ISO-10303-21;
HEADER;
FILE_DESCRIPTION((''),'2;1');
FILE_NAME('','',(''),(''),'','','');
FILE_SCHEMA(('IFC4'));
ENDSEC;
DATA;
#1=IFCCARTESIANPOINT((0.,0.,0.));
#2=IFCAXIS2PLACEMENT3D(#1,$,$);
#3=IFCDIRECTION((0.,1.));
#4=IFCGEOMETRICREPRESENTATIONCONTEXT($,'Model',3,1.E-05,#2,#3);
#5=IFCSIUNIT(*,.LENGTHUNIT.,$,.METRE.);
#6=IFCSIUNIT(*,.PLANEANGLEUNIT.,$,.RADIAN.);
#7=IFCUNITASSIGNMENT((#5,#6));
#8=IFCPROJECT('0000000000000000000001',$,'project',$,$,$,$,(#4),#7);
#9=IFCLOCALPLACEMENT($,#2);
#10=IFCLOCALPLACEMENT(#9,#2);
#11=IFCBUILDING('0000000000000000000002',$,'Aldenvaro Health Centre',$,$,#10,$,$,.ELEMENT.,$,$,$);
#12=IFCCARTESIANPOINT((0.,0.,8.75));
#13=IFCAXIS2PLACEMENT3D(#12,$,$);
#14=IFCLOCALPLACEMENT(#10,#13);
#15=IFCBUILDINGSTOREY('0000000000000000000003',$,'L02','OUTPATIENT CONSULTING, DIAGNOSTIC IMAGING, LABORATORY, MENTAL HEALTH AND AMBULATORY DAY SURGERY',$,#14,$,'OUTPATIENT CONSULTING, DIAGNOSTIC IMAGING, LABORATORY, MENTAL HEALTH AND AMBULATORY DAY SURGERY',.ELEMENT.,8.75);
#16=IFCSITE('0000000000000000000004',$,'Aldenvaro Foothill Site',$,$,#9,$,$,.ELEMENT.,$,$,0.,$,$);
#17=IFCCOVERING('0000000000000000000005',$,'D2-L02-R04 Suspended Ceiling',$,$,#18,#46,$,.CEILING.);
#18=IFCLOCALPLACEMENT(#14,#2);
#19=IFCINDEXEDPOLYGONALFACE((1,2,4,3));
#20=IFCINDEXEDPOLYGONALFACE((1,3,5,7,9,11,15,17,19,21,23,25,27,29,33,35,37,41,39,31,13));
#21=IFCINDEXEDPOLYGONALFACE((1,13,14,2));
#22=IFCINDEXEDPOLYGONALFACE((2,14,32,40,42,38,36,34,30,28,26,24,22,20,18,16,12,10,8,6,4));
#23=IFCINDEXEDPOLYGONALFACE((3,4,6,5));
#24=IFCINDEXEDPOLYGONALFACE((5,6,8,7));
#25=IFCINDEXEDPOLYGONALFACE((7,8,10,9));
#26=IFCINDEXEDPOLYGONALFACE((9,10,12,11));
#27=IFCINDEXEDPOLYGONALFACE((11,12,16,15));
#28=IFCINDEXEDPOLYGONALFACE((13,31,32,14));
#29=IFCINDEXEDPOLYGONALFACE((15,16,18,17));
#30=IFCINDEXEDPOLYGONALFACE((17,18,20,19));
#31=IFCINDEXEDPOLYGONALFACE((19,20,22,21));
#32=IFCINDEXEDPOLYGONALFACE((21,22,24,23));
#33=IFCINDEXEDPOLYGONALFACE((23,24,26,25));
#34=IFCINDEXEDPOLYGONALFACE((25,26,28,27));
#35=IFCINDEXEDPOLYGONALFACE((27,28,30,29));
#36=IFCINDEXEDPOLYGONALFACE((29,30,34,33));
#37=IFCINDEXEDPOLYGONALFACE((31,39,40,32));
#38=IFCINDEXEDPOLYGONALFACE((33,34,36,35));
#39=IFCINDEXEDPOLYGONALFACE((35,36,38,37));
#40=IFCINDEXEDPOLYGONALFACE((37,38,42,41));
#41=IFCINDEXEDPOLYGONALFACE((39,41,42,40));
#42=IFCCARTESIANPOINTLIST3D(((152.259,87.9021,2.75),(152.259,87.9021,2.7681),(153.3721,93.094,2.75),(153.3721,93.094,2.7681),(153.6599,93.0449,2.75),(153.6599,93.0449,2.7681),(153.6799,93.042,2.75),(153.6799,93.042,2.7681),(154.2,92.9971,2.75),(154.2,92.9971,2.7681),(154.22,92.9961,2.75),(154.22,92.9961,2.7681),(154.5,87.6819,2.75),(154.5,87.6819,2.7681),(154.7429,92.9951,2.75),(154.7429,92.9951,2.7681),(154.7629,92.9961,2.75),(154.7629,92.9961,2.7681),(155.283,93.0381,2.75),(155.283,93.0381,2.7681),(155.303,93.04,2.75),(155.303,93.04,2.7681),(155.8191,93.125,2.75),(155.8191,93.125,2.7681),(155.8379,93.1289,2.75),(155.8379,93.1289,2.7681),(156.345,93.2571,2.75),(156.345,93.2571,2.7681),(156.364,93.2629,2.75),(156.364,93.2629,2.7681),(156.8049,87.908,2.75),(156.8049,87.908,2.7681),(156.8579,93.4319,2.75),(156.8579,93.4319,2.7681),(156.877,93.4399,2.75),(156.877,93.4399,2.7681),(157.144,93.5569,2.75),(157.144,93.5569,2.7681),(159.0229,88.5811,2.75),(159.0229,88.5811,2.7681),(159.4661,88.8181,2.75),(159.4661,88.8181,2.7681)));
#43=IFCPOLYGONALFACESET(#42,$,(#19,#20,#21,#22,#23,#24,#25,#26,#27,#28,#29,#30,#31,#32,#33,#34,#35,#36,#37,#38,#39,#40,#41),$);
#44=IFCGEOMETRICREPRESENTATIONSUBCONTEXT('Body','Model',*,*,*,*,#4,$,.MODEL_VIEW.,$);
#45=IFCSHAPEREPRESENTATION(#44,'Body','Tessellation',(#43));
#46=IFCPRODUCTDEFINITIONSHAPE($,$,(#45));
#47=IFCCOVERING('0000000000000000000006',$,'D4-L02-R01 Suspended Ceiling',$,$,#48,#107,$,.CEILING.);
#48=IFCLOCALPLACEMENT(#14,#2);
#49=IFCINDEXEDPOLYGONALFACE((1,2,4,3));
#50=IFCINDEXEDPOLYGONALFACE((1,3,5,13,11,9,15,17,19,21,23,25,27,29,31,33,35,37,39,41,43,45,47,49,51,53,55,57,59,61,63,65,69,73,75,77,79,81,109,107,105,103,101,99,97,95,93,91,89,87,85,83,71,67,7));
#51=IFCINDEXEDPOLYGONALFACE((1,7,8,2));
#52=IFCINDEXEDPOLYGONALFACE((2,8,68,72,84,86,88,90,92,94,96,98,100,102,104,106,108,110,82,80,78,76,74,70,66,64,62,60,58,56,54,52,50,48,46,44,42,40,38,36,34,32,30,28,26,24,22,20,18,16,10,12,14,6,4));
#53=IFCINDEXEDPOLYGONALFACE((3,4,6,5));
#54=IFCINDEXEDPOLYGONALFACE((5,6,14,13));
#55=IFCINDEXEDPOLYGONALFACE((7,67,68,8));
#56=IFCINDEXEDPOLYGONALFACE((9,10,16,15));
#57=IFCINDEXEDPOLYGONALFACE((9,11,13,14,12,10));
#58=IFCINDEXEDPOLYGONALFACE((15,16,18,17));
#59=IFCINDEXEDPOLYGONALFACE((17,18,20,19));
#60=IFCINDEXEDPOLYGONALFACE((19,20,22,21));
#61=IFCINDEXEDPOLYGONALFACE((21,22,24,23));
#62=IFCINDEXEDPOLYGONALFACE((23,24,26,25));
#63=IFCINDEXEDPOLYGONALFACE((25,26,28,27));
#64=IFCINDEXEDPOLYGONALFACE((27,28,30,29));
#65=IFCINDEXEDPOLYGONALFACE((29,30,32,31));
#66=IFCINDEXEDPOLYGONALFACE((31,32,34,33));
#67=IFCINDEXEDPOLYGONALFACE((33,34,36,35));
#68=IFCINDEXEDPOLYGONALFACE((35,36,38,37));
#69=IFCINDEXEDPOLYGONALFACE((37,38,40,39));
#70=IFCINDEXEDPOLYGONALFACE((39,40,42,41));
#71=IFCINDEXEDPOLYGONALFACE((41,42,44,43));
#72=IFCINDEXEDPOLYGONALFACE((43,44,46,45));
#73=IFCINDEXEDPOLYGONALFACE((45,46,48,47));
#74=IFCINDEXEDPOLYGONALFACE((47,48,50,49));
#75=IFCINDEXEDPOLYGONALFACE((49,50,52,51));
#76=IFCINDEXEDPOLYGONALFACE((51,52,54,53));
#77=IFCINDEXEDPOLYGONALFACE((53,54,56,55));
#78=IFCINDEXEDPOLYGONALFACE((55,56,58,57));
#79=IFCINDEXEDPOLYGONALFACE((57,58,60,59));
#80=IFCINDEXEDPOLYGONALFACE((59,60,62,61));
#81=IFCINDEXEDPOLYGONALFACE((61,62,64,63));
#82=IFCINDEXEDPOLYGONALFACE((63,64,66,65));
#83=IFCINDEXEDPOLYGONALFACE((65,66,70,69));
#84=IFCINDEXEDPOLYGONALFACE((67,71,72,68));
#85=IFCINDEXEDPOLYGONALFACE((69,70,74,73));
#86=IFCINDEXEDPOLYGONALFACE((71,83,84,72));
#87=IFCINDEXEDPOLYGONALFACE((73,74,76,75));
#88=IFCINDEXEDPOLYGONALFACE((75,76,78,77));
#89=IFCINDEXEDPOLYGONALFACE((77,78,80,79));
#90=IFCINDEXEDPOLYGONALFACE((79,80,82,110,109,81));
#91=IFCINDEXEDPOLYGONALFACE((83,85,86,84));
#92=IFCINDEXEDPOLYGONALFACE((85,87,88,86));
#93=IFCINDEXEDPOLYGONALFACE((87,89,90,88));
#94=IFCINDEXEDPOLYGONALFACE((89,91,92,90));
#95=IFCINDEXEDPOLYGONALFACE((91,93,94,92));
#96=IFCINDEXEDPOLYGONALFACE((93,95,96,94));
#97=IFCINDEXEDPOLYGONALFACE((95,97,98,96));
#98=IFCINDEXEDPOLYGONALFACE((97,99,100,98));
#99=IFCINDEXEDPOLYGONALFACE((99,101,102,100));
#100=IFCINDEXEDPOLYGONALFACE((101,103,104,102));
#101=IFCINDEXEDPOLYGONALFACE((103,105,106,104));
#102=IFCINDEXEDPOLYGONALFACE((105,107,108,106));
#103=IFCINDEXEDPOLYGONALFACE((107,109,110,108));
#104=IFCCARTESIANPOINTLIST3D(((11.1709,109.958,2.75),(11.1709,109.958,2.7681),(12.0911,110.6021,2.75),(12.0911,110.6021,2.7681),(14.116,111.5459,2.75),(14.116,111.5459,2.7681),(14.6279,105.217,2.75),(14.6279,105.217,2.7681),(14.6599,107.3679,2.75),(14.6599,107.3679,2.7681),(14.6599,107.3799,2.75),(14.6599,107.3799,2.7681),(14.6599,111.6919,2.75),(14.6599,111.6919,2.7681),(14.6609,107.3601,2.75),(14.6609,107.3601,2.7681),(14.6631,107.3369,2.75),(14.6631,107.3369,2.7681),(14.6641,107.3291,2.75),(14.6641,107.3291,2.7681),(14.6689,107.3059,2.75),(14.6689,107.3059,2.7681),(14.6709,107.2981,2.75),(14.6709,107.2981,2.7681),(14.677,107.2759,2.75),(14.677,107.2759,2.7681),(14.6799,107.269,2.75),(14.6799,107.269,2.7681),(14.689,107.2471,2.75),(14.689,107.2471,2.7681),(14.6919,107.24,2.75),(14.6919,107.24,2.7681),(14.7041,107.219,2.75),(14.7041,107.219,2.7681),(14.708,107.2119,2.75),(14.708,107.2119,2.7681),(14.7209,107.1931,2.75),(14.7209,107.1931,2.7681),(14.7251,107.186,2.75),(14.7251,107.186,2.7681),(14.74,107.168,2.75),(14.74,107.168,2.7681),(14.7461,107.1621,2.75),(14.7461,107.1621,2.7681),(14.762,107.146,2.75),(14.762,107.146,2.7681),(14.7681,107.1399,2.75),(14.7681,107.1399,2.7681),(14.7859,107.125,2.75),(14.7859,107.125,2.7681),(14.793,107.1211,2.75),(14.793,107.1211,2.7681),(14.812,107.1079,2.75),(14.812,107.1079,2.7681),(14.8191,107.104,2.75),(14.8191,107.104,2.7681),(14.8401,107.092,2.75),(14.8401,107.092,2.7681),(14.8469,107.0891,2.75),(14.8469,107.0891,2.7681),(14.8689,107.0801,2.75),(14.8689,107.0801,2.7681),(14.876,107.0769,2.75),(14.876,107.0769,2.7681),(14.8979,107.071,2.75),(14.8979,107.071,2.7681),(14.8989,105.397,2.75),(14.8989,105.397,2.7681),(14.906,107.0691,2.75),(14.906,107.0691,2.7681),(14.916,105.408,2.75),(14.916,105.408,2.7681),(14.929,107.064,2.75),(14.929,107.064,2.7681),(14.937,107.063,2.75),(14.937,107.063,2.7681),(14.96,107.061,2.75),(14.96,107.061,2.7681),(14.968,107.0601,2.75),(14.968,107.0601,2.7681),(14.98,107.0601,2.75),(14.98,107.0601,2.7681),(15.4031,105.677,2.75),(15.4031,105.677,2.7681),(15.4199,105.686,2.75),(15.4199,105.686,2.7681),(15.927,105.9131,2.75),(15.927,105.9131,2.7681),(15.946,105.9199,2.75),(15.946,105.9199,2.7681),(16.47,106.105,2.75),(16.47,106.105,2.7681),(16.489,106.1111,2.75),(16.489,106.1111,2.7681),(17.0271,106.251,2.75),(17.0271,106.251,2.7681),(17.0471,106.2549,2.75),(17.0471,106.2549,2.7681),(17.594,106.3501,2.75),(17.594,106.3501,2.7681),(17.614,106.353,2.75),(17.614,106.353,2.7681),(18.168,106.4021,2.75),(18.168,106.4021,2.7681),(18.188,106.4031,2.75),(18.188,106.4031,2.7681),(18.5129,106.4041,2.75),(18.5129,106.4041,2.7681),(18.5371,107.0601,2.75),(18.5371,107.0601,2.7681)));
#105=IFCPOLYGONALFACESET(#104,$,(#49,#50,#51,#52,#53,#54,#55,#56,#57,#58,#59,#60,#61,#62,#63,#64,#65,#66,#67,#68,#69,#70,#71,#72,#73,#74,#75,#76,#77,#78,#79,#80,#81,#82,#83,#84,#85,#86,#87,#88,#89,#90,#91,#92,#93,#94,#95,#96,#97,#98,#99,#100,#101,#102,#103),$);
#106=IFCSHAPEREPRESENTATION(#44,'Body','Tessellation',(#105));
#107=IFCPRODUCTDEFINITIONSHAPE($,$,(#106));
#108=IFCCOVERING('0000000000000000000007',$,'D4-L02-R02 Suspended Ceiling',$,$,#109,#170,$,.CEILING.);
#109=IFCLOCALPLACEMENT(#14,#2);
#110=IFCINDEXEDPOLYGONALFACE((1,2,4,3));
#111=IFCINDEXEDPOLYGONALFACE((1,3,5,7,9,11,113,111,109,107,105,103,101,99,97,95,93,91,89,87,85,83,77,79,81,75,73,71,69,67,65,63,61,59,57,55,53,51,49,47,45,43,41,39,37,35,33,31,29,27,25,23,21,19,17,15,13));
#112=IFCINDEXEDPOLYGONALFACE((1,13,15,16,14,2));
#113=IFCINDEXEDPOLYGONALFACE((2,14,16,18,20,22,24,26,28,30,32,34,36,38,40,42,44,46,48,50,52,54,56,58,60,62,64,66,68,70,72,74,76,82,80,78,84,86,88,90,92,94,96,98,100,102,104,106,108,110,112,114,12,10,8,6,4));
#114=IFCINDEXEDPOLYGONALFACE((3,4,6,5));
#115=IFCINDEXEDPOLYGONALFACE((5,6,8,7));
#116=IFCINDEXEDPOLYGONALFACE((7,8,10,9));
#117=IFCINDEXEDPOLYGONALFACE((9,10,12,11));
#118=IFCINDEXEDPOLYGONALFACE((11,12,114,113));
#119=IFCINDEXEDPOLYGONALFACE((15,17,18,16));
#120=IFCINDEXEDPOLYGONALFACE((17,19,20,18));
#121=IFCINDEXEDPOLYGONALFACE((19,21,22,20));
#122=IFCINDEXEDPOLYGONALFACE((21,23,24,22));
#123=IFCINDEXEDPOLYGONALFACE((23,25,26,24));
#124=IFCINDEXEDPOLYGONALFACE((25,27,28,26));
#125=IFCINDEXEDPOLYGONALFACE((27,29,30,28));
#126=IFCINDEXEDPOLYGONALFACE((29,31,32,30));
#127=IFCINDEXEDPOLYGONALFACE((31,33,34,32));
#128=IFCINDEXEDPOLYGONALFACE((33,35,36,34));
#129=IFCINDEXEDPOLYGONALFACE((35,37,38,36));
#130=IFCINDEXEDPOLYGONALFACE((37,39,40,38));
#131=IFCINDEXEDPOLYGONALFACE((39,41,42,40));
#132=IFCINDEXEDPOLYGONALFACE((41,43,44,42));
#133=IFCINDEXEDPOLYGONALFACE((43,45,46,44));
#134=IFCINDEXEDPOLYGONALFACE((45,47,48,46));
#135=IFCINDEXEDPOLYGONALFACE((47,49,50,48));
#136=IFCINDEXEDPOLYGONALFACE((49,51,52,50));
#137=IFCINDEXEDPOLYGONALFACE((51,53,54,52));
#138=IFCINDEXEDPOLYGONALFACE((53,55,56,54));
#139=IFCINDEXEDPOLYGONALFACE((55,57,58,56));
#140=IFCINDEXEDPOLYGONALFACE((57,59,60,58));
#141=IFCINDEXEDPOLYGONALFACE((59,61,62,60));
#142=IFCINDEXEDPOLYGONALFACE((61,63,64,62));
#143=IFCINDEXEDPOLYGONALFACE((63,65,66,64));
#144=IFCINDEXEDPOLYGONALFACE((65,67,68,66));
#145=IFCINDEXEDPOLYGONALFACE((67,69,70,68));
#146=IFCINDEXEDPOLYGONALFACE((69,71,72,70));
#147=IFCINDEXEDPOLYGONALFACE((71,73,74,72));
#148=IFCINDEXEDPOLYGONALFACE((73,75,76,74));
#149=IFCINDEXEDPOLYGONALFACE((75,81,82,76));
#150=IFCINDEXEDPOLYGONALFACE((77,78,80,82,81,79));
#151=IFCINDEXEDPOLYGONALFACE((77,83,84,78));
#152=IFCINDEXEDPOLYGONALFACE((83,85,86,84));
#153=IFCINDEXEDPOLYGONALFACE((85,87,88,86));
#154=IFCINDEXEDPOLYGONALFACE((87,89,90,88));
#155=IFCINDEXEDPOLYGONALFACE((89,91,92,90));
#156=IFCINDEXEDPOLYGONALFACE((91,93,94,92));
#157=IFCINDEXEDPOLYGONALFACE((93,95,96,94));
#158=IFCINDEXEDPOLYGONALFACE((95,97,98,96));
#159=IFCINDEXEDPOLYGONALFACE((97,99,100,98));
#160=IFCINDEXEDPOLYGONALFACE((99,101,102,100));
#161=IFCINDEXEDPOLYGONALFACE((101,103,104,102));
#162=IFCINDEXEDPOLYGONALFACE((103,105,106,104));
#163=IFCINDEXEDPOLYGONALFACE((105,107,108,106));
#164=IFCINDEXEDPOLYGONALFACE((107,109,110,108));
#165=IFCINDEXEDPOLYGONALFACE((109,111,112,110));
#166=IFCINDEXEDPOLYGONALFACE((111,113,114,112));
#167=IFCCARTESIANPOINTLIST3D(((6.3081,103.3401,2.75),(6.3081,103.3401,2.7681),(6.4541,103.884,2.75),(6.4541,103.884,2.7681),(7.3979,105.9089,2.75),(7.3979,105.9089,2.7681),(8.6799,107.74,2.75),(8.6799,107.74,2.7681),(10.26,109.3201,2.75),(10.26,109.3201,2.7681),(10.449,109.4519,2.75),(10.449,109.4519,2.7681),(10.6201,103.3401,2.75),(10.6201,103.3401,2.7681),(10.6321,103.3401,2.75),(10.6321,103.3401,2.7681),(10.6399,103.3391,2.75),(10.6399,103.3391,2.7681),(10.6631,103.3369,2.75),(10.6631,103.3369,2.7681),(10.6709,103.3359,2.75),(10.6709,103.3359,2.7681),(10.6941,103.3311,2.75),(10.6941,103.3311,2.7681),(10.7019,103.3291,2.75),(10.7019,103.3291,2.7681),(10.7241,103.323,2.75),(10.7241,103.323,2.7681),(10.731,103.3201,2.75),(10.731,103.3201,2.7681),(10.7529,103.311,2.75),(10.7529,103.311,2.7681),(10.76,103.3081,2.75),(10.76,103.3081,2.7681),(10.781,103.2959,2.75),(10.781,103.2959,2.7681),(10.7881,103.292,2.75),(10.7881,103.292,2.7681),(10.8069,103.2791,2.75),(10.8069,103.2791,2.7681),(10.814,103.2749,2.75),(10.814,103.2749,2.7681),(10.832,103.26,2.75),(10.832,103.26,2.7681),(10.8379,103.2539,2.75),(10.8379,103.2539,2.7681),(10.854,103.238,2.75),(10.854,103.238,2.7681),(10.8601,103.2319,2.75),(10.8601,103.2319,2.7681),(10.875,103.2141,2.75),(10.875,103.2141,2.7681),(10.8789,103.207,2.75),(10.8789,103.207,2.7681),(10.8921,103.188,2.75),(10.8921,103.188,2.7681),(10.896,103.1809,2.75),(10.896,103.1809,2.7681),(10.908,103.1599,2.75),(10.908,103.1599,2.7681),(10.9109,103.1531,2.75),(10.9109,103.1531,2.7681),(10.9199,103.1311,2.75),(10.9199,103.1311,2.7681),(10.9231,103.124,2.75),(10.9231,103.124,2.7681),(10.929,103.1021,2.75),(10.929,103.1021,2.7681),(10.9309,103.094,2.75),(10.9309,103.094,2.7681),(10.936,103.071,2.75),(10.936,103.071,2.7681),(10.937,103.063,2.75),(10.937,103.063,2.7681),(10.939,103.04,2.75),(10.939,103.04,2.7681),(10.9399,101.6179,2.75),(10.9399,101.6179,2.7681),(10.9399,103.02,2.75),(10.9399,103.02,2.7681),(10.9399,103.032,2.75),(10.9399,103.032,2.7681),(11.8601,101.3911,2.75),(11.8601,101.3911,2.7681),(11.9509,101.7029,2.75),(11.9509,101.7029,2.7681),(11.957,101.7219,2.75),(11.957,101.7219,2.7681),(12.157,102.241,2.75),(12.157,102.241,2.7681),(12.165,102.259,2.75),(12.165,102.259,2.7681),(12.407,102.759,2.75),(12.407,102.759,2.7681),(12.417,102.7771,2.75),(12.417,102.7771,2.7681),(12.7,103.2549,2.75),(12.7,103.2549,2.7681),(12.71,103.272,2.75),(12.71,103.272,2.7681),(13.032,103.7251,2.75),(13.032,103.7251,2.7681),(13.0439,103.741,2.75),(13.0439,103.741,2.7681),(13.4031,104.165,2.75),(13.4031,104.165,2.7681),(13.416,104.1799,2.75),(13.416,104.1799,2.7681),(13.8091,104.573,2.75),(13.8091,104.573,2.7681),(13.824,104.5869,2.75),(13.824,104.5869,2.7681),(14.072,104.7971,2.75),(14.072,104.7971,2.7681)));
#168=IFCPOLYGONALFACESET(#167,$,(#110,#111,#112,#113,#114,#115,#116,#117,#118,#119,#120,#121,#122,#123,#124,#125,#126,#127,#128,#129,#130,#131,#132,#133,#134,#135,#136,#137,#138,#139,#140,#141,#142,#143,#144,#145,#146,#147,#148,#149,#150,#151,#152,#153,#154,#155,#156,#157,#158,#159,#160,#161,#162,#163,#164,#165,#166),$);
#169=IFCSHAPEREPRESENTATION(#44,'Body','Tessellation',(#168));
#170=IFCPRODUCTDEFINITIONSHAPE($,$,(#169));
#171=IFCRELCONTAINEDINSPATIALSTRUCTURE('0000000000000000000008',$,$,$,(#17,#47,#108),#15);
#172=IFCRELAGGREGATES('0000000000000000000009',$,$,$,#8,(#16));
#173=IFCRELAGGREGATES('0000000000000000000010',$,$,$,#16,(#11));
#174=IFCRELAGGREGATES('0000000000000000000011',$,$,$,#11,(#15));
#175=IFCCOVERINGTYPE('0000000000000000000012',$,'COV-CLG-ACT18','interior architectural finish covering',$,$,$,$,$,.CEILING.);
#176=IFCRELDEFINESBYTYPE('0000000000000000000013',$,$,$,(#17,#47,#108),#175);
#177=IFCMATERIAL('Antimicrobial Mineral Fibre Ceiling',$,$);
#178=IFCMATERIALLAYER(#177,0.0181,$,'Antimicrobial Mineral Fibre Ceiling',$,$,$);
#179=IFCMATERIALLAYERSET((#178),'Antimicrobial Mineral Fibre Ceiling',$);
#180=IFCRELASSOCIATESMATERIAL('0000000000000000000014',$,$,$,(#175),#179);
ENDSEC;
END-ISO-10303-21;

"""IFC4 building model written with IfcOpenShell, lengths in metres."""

from ifc_helpers import new_model, si_unit, direction, frame, origin, place, context, subcontext, project, spatial, polyline, outline, extrude, material, layer, layer_set, type_object, element, save


model = new_model("IFC4")

# Units and contexts
model_context = context("Model", 3, precision=1e-05, world=origin(), true_north=direction((0.0, 1.0)))
body_context = subcontext(model_context, "Body", "Model", "MODEL_VIEW")
ifc_project = project(units=[si_unit("LENGTHUNIT", "METRE"), si_unit("PLANEANGLEUNIT", "RADIAN")], contexts=[model_context])

# Site, building, storey
site_placement = place(None, origin())
site = spatial("IfcSite", under=ifc_project, at=site_placement, Name="Aldenvaro Foothill Site", CompositionType="ELEMENT", RefElevation=0.0)
building_placement = place(site_placement, origin())
building = spatial("IfcBuilding", under=site, at=building_placement, Name="Aldenvaro Health Centre", CompositionType="ELEMENT")
storey_placement = place(building_placement, frame((0.0, 0.0, 8.75)))
storey = spatial("IfcBuildingStorey", under=building, at=storey_placement, Name="L02", Description="OUTPATIENT CONSULTING, DIAGNOSTIC IMAGING, LABORATORY, MENTAL HEALTH AND AMBULATORY DAY SURGERY", LongName="OUTPATIENT CONSULTING, DIAGNOSTIC IMAGING, LABORATORY, MENTAL HEALTH AND AMBULATORY DAY SURGERY", CompositionType="ELEMENT", Elevation=8.75)

# Coverings
ifc_material_1 = material(Name="Antimicrobial Mineral Fibre Ceiling")
ifc_layer_1 = layer(ifc_material_1, 0.0181, Name="Antimicrobial Mineral Fibre Ceiling")
ifc_layer_set_1 = layer_set([ifc_layer_1], Name="Antimicrobial Mineral Fibre Ceiling")
covering_type_1 = type_object("IfcCoveringType", Name="COV-CLG-ACT18", Description="interior architectural finish covering", PredefinedType="CEILING", material=ifc_layer_set_1)
covering_1_placement = place(storey_placement, frame((0.0, 0.0, 2.75)))
element("IfcCovering", 1, at=covering_1_placement, inside=storey, type_object=covering_type_1, Name="D2-L02-R04 Suspended Ceiling", PredefinedType="CEILING", context=body_context, shape_type="SweptSolid", body=[
    extrude(outline(polyline([(152.259, 87.9021), (153.3721, 93.094), (153.6599, 93.0449), (153.6799, 93.042), (154.2, 92.9971), (154.22, 92.9961), (154.7429, 92.9951), (154.7629, 92.9961), (155.283, 93.0381), (155.303, 93.04), (155.8191, 93.125), (155.8379, 93.1289), (156.345, 93.2571), (156.364, 93.2629), (156.8579, 93.4319), (156.877, 93.4399), (157.144, 93.5569), (159.4661, 88.8181), (159.0229, 88.5811), (156.8049, 87.908), (154.5, 87.6819), (152.259, 87.9021)])), origin(), (0.0, 0.0, 1.0), 0.0181),
])
covering_2_placement = place(storey_placement, frame((0.0, 0.0, 2.75)))
element("IfcCovering", 2, at=covering_2_placement, inside=storey, type_object=covering_type_1, Name="D4-L02-R01 Suspended Ceiling", PredefinedType="CEILING", context=body_context, shape_type="SweptSolid", body=[
    extrude(outline(polyline([(18.188, 106.4031), (18.168, 106.4021), (17.614, 106.353), (17.594, 106.3501), (17.0471, 106.2549), (17.0271, 106.251), (16.489, 106.1111), (16.47, 106.105), (15.946, 105.9199), (15.927, 105.9131), (15.4199, 105.686), (15.4031, 105.677), (14.916, 105.408), (14.8989, 105.397), (14.6279, 105.217), (11.1709, 109.958), (12.0911, 110.6021), (14.116, 111.5459), (14.6599, 111.6919), (14.6599, 107.3799), (14.6599, 107.3679), (14.6609, 107.3601), (14.6631, 107.3369), (14.6641, 107.3291), (14.6689, 107.3059), (14.6709, 107.2981), (14.677, 107.2759), (14.6799, 107.269), (14.689, 107.2471), (14.6919, 107.24), (14.7041, 107.219), (14.708, 107.2119), (14.7209, 107.1931), (14.7251, 107.186), (14.74, 107.168), (14.7461, 107.1621), (14.762, 107.146), (14.7681, 107.1399), (14.7859, 107.125), (14.793, 107.1211), (14.812, 107.1079), (14.8191, 107.104), (14.8401, 107.092), (14.8469, 107.0891), (14.8689, 107.0801), (14.876, 107.0769), (14.8979, 107.071), (14.906, 107.0691), (14.929, 107.064), (14.937, 107.063), (14.96, 107.061), (14.968, 107.0601), (14.98, 107.0601), (18.5371, 107.0601), (18.5129, 106.4041), (18.188, 106.4031)])), origin(), (0.0, 0.0, 1.0), 0.0181),
])
covering_3_placement = place(storey_placement, frame((0.0, 0.0, 2.75)))
element("IfcCovering", 3, at=covering_3_placement, inside=storey, type_object=covering_type_1, Name="D4-L02-R02 Suspended Ceiling", PredefinedType="CEILING", context=body_context, shape_type="SweptSolid", body=[
    extrude(outline(polyline([(13.824, 104.5869), (13.8091, 104.573), (13.416, 104.1799), (13.4031, 104.165), (13.0439, 103.741), (13.032, 103.7251), (12.71, 103.272), (12.7, 103.2549), (12.417, 102.7771), (12.407, 102.759), (12.165, 102.259), (12.157, 102.241), (11.957, 101.7219), (11.9509, 101.7029), (11.8601, 101.3911), (10.9399, 101.6179), (10.9399, 103.02), (10.9399, 103.032), (10.939, 103.04), (10.937, 103.063), (10.936, 103.071), (10.9309, 103.094), (10.929, 103.1021), (10.9231, 103.124), (10.9199, 103.1311), (10.9109, 103.1531), (10.908, 103.1599), (10.896, 103.1809), (10.8921, 103.188), (10.8789, 103.207), (10.875, 103.2141), (10.8601, 103.2319), (10.854, 103.238), (10.8379, 103.2539), (10.832, 103.26), (10.814, 103.2749), (10.8069, 103.2791), (10.7881, 103.292), (10.781, 103.2959), (10.76, 103.3081), (10.7529, 103.311), (10.731, 103.3201), (10.7241, 103.323), (10.7019, 103.3291), (10.6941, 103.3311), (10.6709, 103.3359), (10.6631, 103.3369), (10.6399, 103.3391), (10.6321, 103.3401), (10.6201, 103.3401), (6.3081, 103.3401), (6.4541, 103.884), (7.3979, 105.9089), (8.6799, 107.74), (10.26, 109.3201), (10.449, 109.4519), (14.072, 104.7971), (13.824, 104.5869)])), origin(), (0.0, 0.0, 1.0), 0.0181),
])

save(model, "model.ifc")
